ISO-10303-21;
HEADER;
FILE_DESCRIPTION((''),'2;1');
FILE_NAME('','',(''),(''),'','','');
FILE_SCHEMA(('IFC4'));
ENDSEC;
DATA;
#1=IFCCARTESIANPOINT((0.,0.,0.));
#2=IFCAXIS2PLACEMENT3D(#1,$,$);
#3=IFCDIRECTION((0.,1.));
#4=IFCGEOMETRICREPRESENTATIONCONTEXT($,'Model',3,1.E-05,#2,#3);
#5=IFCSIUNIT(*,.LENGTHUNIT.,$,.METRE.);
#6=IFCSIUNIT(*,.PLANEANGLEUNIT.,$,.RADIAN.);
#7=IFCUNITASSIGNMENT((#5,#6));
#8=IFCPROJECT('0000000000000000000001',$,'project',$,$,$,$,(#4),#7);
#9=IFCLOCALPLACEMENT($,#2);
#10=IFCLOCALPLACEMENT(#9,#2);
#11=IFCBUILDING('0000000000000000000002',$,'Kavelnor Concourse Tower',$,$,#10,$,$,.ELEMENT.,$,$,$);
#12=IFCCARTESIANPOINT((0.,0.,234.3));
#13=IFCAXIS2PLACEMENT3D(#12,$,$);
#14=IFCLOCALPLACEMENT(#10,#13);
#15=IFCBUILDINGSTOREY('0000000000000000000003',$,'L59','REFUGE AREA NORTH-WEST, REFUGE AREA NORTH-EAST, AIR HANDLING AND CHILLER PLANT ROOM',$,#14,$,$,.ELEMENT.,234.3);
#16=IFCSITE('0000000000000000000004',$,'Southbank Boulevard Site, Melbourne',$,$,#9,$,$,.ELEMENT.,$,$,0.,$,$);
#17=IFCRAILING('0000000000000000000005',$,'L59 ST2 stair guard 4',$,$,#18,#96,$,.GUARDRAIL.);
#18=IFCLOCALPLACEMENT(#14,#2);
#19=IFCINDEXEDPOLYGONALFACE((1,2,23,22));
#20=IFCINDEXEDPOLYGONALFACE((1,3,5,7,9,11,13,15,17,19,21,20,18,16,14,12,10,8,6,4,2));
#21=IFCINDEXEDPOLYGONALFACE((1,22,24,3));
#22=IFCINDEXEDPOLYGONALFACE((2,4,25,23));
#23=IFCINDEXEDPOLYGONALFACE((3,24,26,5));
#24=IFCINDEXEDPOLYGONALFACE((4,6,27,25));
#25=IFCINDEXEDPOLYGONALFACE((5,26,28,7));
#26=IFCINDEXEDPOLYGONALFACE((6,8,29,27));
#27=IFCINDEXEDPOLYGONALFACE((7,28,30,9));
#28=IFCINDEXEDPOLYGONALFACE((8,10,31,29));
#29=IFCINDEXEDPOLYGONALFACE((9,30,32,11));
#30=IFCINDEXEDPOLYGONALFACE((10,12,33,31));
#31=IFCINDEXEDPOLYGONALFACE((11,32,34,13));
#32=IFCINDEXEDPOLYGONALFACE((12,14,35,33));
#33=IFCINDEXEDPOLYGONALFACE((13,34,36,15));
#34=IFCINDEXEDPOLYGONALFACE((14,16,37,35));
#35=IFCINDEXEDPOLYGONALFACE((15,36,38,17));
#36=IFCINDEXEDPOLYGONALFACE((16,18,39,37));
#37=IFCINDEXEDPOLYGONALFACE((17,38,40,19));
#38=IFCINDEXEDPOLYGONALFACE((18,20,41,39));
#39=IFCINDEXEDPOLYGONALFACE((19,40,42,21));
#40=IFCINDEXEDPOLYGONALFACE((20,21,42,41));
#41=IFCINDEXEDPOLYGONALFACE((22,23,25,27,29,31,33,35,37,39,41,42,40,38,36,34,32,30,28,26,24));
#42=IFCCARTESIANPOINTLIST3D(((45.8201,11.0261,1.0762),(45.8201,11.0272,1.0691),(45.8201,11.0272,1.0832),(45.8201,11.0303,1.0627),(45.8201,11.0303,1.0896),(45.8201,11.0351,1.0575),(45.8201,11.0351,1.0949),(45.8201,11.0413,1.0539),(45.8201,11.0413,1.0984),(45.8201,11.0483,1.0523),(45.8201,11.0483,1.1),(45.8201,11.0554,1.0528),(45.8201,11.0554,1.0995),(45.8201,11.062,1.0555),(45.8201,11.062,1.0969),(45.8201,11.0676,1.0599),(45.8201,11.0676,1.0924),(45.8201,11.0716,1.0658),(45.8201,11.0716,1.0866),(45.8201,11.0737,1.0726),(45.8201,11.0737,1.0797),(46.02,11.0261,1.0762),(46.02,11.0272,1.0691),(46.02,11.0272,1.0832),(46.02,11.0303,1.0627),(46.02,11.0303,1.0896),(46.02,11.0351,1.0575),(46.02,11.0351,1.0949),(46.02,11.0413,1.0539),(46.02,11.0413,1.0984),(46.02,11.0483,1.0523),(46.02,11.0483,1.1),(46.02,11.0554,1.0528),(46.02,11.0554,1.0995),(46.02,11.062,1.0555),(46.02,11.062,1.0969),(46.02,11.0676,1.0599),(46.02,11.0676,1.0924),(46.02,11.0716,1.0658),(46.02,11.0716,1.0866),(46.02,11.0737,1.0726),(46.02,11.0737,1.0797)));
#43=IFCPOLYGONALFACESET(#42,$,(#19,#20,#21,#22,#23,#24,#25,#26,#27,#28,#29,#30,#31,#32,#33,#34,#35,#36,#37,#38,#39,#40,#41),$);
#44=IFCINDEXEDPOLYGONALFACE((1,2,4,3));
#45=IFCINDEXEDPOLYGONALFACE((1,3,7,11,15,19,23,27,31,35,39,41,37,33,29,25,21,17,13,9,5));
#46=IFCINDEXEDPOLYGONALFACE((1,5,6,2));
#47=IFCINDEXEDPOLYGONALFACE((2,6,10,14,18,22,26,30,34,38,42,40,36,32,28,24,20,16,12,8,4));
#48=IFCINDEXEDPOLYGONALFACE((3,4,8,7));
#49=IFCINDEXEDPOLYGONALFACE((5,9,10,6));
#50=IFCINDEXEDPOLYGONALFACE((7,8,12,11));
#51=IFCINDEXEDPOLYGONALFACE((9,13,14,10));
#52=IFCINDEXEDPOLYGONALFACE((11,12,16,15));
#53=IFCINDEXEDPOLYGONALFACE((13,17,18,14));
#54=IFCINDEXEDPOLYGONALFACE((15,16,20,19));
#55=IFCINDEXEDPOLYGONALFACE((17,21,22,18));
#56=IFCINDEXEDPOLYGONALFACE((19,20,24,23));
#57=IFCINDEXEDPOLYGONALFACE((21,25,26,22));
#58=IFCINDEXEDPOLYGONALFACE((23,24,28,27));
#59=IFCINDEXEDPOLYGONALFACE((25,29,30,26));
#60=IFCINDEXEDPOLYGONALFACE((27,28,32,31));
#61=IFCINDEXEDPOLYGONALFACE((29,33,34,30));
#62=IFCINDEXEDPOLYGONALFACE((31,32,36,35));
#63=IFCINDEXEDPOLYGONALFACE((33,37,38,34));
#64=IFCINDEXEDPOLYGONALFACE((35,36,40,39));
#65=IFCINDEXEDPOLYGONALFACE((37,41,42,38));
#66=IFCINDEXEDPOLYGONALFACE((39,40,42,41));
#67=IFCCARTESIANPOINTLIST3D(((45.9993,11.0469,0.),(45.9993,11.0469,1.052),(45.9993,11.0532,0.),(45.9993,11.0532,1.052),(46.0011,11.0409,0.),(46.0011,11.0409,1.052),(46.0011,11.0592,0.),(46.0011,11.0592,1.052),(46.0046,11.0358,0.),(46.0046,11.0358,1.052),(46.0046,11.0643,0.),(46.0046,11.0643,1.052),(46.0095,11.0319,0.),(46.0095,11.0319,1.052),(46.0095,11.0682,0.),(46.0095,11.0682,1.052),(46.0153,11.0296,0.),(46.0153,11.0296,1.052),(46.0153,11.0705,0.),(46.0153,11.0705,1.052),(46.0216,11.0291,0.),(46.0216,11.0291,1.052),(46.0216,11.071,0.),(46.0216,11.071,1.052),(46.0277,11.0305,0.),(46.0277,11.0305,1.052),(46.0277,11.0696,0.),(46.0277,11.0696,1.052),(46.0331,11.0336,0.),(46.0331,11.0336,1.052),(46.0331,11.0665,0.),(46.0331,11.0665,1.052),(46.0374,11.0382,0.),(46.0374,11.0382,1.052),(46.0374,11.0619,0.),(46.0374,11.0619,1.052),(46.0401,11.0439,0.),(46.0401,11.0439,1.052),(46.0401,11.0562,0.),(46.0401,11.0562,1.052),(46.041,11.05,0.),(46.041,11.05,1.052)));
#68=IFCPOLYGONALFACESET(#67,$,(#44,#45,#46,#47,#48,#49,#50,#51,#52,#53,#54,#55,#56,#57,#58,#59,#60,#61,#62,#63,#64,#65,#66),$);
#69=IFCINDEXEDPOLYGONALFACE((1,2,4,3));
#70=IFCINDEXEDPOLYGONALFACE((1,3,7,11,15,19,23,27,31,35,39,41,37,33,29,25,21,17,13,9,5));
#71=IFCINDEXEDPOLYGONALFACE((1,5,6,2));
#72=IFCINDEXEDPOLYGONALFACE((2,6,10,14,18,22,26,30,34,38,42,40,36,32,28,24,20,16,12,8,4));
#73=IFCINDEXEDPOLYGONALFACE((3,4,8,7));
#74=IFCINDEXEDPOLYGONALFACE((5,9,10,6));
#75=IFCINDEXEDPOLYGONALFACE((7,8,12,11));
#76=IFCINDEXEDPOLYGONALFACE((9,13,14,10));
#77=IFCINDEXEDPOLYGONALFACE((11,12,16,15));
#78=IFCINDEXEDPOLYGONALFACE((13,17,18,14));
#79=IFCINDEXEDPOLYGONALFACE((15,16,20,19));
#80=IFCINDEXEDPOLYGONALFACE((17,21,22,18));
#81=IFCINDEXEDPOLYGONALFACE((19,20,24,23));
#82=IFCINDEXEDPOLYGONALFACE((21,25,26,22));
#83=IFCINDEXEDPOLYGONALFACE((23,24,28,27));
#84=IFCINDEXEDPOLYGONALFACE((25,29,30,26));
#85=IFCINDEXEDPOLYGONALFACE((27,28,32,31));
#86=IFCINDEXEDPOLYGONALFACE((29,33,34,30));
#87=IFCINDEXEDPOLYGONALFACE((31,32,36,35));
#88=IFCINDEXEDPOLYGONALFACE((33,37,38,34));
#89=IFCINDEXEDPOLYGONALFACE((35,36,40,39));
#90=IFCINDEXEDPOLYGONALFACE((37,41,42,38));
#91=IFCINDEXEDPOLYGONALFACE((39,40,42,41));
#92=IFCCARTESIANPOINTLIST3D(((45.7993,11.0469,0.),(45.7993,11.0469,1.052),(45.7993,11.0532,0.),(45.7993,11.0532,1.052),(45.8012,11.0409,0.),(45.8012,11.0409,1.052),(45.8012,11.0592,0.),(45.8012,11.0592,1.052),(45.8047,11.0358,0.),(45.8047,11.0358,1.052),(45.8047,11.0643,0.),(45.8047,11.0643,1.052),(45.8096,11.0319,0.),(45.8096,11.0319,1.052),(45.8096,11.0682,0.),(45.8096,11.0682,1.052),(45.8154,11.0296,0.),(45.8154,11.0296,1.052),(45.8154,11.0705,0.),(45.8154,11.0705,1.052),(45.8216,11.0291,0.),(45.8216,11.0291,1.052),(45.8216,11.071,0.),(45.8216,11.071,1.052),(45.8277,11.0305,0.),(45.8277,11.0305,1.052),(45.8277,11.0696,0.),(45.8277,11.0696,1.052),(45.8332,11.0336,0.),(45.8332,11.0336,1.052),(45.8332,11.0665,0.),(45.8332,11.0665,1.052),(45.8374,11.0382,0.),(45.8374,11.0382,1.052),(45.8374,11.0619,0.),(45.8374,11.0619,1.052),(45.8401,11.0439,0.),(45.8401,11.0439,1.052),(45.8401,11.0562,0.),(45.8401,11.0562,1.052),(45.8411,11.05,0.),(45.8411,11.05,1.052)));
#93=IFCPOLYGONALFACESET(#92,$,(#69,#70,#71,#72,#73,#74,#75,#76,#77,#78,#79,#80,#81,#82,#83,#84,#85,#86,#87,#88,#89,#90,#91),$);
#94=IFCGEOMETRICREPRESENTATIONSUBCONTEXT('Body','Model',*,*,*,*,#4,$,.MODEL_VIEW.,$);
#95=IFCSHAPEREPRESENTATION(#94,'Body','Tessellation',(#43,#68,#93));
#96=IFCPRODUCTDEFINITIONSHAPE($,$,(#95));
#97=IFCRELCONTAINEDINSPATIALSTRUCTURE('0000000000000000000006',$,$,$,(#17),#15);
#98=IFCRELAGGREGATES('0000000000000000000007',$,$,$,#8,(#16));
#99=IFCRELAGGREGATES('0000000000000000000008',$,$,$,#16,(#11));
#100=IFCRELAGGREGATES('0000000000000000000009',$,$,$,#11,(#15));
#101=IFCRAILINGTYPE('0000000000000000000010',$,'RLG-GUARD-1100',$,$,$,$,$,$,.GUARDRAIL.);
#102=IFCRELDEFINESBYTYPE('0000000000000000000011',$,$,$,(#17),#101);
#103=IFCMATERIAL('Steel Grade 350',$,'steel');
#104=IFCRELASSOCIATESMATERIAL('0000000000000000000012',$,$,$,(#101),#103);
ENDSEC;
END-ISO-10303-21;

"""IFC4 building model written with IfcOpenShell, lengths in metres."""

from ifc_helpers import new_model, si_unit, direction, frame, origin, origin_2d, place, context, subcontext, project, spatial, circle, extrude, material, type_object, element, save


model = new_model("IFC4")

# Units and contexts
model_context = context("Model", 3, precision=1e-05, world=origin(), true_north=direction((0.0, 1.0)))
body_context = subcontext(model_context, "Body", "Model", "MODEL_VIEW")
ifc_project = project(units=[si_unit("LENGTHUNIT", "METRE"), si_unit("PLANEANGLEUNIT", "RADIAN")], contexts=[model_context])

# Site, building, storey
site_placement = place(None, origin())
site = spatial("IfcSite", under=ifc_project, at=site_placement, Name="Southbank Boulevard Site, Melbourne", CompositionType="ELEMENT", RefElevation=0.0)
building_placement = place(site_placement, origin())
building = spatial("IfcBuilding", under=site, at=building_placement, Name="Kavelnor Concourse Tower", CompositionType="ELEMENT")
storey_placement = place(building_placement, frame((0.0, 0.0, 234.3)))
storey = spatial("IfcBuildingStorey", under=building, at=storey_placement, Name="L59", Description="REFUGE AREA NORTH-WEST, REFUGE AREA NORTH-EAST, AIR HANDLING AND CHILLER PLANT ROOM", CompositionType="ELEMENT", Elevation=234.3)

# Shared definitions
ifc_material_1 = material(Name="Steel Grade 350", Category="steel")

# Railing
railing_type_1 = type_object("IfcRailingType", Name="RLG-GUARD-1100", PredefinedType="GUARDRAIL", material=ifc_material_1)
railing_1_placement = place(storey_placement, frame((46.02, 11.05, 0.0)))
element("IfcRailing", 1, at=railing_1_placement, inside=storey, type_object=railing_type_1, Name="L59 ST2 stair guard 4", PredefinedType="GUARDRAIL", context=body_context, shape_type="SweptSolid", body=[
    extrude(circle(Radius=0.0239, at=origin_2d()), frame((0.0, 0.0, 1.0762), z_axis=(-1.0, 0.0, 0.0), x_axis=(0.0, -1.0, 0.0)), (0.0, 0.0, 1.0), 0.2),
    extrude(circle(Radius=0.021, at=origin_2d()), origin(), (0.0, 0.0, 1.0), 1.052),
    extrude(circle(Radius=0.021, at=origin_2d()), frame((-0.2, 0.0, 0.0)), (0.0, 0.0, 1.0), 1.052),
])

save(model, "model.ifc")
